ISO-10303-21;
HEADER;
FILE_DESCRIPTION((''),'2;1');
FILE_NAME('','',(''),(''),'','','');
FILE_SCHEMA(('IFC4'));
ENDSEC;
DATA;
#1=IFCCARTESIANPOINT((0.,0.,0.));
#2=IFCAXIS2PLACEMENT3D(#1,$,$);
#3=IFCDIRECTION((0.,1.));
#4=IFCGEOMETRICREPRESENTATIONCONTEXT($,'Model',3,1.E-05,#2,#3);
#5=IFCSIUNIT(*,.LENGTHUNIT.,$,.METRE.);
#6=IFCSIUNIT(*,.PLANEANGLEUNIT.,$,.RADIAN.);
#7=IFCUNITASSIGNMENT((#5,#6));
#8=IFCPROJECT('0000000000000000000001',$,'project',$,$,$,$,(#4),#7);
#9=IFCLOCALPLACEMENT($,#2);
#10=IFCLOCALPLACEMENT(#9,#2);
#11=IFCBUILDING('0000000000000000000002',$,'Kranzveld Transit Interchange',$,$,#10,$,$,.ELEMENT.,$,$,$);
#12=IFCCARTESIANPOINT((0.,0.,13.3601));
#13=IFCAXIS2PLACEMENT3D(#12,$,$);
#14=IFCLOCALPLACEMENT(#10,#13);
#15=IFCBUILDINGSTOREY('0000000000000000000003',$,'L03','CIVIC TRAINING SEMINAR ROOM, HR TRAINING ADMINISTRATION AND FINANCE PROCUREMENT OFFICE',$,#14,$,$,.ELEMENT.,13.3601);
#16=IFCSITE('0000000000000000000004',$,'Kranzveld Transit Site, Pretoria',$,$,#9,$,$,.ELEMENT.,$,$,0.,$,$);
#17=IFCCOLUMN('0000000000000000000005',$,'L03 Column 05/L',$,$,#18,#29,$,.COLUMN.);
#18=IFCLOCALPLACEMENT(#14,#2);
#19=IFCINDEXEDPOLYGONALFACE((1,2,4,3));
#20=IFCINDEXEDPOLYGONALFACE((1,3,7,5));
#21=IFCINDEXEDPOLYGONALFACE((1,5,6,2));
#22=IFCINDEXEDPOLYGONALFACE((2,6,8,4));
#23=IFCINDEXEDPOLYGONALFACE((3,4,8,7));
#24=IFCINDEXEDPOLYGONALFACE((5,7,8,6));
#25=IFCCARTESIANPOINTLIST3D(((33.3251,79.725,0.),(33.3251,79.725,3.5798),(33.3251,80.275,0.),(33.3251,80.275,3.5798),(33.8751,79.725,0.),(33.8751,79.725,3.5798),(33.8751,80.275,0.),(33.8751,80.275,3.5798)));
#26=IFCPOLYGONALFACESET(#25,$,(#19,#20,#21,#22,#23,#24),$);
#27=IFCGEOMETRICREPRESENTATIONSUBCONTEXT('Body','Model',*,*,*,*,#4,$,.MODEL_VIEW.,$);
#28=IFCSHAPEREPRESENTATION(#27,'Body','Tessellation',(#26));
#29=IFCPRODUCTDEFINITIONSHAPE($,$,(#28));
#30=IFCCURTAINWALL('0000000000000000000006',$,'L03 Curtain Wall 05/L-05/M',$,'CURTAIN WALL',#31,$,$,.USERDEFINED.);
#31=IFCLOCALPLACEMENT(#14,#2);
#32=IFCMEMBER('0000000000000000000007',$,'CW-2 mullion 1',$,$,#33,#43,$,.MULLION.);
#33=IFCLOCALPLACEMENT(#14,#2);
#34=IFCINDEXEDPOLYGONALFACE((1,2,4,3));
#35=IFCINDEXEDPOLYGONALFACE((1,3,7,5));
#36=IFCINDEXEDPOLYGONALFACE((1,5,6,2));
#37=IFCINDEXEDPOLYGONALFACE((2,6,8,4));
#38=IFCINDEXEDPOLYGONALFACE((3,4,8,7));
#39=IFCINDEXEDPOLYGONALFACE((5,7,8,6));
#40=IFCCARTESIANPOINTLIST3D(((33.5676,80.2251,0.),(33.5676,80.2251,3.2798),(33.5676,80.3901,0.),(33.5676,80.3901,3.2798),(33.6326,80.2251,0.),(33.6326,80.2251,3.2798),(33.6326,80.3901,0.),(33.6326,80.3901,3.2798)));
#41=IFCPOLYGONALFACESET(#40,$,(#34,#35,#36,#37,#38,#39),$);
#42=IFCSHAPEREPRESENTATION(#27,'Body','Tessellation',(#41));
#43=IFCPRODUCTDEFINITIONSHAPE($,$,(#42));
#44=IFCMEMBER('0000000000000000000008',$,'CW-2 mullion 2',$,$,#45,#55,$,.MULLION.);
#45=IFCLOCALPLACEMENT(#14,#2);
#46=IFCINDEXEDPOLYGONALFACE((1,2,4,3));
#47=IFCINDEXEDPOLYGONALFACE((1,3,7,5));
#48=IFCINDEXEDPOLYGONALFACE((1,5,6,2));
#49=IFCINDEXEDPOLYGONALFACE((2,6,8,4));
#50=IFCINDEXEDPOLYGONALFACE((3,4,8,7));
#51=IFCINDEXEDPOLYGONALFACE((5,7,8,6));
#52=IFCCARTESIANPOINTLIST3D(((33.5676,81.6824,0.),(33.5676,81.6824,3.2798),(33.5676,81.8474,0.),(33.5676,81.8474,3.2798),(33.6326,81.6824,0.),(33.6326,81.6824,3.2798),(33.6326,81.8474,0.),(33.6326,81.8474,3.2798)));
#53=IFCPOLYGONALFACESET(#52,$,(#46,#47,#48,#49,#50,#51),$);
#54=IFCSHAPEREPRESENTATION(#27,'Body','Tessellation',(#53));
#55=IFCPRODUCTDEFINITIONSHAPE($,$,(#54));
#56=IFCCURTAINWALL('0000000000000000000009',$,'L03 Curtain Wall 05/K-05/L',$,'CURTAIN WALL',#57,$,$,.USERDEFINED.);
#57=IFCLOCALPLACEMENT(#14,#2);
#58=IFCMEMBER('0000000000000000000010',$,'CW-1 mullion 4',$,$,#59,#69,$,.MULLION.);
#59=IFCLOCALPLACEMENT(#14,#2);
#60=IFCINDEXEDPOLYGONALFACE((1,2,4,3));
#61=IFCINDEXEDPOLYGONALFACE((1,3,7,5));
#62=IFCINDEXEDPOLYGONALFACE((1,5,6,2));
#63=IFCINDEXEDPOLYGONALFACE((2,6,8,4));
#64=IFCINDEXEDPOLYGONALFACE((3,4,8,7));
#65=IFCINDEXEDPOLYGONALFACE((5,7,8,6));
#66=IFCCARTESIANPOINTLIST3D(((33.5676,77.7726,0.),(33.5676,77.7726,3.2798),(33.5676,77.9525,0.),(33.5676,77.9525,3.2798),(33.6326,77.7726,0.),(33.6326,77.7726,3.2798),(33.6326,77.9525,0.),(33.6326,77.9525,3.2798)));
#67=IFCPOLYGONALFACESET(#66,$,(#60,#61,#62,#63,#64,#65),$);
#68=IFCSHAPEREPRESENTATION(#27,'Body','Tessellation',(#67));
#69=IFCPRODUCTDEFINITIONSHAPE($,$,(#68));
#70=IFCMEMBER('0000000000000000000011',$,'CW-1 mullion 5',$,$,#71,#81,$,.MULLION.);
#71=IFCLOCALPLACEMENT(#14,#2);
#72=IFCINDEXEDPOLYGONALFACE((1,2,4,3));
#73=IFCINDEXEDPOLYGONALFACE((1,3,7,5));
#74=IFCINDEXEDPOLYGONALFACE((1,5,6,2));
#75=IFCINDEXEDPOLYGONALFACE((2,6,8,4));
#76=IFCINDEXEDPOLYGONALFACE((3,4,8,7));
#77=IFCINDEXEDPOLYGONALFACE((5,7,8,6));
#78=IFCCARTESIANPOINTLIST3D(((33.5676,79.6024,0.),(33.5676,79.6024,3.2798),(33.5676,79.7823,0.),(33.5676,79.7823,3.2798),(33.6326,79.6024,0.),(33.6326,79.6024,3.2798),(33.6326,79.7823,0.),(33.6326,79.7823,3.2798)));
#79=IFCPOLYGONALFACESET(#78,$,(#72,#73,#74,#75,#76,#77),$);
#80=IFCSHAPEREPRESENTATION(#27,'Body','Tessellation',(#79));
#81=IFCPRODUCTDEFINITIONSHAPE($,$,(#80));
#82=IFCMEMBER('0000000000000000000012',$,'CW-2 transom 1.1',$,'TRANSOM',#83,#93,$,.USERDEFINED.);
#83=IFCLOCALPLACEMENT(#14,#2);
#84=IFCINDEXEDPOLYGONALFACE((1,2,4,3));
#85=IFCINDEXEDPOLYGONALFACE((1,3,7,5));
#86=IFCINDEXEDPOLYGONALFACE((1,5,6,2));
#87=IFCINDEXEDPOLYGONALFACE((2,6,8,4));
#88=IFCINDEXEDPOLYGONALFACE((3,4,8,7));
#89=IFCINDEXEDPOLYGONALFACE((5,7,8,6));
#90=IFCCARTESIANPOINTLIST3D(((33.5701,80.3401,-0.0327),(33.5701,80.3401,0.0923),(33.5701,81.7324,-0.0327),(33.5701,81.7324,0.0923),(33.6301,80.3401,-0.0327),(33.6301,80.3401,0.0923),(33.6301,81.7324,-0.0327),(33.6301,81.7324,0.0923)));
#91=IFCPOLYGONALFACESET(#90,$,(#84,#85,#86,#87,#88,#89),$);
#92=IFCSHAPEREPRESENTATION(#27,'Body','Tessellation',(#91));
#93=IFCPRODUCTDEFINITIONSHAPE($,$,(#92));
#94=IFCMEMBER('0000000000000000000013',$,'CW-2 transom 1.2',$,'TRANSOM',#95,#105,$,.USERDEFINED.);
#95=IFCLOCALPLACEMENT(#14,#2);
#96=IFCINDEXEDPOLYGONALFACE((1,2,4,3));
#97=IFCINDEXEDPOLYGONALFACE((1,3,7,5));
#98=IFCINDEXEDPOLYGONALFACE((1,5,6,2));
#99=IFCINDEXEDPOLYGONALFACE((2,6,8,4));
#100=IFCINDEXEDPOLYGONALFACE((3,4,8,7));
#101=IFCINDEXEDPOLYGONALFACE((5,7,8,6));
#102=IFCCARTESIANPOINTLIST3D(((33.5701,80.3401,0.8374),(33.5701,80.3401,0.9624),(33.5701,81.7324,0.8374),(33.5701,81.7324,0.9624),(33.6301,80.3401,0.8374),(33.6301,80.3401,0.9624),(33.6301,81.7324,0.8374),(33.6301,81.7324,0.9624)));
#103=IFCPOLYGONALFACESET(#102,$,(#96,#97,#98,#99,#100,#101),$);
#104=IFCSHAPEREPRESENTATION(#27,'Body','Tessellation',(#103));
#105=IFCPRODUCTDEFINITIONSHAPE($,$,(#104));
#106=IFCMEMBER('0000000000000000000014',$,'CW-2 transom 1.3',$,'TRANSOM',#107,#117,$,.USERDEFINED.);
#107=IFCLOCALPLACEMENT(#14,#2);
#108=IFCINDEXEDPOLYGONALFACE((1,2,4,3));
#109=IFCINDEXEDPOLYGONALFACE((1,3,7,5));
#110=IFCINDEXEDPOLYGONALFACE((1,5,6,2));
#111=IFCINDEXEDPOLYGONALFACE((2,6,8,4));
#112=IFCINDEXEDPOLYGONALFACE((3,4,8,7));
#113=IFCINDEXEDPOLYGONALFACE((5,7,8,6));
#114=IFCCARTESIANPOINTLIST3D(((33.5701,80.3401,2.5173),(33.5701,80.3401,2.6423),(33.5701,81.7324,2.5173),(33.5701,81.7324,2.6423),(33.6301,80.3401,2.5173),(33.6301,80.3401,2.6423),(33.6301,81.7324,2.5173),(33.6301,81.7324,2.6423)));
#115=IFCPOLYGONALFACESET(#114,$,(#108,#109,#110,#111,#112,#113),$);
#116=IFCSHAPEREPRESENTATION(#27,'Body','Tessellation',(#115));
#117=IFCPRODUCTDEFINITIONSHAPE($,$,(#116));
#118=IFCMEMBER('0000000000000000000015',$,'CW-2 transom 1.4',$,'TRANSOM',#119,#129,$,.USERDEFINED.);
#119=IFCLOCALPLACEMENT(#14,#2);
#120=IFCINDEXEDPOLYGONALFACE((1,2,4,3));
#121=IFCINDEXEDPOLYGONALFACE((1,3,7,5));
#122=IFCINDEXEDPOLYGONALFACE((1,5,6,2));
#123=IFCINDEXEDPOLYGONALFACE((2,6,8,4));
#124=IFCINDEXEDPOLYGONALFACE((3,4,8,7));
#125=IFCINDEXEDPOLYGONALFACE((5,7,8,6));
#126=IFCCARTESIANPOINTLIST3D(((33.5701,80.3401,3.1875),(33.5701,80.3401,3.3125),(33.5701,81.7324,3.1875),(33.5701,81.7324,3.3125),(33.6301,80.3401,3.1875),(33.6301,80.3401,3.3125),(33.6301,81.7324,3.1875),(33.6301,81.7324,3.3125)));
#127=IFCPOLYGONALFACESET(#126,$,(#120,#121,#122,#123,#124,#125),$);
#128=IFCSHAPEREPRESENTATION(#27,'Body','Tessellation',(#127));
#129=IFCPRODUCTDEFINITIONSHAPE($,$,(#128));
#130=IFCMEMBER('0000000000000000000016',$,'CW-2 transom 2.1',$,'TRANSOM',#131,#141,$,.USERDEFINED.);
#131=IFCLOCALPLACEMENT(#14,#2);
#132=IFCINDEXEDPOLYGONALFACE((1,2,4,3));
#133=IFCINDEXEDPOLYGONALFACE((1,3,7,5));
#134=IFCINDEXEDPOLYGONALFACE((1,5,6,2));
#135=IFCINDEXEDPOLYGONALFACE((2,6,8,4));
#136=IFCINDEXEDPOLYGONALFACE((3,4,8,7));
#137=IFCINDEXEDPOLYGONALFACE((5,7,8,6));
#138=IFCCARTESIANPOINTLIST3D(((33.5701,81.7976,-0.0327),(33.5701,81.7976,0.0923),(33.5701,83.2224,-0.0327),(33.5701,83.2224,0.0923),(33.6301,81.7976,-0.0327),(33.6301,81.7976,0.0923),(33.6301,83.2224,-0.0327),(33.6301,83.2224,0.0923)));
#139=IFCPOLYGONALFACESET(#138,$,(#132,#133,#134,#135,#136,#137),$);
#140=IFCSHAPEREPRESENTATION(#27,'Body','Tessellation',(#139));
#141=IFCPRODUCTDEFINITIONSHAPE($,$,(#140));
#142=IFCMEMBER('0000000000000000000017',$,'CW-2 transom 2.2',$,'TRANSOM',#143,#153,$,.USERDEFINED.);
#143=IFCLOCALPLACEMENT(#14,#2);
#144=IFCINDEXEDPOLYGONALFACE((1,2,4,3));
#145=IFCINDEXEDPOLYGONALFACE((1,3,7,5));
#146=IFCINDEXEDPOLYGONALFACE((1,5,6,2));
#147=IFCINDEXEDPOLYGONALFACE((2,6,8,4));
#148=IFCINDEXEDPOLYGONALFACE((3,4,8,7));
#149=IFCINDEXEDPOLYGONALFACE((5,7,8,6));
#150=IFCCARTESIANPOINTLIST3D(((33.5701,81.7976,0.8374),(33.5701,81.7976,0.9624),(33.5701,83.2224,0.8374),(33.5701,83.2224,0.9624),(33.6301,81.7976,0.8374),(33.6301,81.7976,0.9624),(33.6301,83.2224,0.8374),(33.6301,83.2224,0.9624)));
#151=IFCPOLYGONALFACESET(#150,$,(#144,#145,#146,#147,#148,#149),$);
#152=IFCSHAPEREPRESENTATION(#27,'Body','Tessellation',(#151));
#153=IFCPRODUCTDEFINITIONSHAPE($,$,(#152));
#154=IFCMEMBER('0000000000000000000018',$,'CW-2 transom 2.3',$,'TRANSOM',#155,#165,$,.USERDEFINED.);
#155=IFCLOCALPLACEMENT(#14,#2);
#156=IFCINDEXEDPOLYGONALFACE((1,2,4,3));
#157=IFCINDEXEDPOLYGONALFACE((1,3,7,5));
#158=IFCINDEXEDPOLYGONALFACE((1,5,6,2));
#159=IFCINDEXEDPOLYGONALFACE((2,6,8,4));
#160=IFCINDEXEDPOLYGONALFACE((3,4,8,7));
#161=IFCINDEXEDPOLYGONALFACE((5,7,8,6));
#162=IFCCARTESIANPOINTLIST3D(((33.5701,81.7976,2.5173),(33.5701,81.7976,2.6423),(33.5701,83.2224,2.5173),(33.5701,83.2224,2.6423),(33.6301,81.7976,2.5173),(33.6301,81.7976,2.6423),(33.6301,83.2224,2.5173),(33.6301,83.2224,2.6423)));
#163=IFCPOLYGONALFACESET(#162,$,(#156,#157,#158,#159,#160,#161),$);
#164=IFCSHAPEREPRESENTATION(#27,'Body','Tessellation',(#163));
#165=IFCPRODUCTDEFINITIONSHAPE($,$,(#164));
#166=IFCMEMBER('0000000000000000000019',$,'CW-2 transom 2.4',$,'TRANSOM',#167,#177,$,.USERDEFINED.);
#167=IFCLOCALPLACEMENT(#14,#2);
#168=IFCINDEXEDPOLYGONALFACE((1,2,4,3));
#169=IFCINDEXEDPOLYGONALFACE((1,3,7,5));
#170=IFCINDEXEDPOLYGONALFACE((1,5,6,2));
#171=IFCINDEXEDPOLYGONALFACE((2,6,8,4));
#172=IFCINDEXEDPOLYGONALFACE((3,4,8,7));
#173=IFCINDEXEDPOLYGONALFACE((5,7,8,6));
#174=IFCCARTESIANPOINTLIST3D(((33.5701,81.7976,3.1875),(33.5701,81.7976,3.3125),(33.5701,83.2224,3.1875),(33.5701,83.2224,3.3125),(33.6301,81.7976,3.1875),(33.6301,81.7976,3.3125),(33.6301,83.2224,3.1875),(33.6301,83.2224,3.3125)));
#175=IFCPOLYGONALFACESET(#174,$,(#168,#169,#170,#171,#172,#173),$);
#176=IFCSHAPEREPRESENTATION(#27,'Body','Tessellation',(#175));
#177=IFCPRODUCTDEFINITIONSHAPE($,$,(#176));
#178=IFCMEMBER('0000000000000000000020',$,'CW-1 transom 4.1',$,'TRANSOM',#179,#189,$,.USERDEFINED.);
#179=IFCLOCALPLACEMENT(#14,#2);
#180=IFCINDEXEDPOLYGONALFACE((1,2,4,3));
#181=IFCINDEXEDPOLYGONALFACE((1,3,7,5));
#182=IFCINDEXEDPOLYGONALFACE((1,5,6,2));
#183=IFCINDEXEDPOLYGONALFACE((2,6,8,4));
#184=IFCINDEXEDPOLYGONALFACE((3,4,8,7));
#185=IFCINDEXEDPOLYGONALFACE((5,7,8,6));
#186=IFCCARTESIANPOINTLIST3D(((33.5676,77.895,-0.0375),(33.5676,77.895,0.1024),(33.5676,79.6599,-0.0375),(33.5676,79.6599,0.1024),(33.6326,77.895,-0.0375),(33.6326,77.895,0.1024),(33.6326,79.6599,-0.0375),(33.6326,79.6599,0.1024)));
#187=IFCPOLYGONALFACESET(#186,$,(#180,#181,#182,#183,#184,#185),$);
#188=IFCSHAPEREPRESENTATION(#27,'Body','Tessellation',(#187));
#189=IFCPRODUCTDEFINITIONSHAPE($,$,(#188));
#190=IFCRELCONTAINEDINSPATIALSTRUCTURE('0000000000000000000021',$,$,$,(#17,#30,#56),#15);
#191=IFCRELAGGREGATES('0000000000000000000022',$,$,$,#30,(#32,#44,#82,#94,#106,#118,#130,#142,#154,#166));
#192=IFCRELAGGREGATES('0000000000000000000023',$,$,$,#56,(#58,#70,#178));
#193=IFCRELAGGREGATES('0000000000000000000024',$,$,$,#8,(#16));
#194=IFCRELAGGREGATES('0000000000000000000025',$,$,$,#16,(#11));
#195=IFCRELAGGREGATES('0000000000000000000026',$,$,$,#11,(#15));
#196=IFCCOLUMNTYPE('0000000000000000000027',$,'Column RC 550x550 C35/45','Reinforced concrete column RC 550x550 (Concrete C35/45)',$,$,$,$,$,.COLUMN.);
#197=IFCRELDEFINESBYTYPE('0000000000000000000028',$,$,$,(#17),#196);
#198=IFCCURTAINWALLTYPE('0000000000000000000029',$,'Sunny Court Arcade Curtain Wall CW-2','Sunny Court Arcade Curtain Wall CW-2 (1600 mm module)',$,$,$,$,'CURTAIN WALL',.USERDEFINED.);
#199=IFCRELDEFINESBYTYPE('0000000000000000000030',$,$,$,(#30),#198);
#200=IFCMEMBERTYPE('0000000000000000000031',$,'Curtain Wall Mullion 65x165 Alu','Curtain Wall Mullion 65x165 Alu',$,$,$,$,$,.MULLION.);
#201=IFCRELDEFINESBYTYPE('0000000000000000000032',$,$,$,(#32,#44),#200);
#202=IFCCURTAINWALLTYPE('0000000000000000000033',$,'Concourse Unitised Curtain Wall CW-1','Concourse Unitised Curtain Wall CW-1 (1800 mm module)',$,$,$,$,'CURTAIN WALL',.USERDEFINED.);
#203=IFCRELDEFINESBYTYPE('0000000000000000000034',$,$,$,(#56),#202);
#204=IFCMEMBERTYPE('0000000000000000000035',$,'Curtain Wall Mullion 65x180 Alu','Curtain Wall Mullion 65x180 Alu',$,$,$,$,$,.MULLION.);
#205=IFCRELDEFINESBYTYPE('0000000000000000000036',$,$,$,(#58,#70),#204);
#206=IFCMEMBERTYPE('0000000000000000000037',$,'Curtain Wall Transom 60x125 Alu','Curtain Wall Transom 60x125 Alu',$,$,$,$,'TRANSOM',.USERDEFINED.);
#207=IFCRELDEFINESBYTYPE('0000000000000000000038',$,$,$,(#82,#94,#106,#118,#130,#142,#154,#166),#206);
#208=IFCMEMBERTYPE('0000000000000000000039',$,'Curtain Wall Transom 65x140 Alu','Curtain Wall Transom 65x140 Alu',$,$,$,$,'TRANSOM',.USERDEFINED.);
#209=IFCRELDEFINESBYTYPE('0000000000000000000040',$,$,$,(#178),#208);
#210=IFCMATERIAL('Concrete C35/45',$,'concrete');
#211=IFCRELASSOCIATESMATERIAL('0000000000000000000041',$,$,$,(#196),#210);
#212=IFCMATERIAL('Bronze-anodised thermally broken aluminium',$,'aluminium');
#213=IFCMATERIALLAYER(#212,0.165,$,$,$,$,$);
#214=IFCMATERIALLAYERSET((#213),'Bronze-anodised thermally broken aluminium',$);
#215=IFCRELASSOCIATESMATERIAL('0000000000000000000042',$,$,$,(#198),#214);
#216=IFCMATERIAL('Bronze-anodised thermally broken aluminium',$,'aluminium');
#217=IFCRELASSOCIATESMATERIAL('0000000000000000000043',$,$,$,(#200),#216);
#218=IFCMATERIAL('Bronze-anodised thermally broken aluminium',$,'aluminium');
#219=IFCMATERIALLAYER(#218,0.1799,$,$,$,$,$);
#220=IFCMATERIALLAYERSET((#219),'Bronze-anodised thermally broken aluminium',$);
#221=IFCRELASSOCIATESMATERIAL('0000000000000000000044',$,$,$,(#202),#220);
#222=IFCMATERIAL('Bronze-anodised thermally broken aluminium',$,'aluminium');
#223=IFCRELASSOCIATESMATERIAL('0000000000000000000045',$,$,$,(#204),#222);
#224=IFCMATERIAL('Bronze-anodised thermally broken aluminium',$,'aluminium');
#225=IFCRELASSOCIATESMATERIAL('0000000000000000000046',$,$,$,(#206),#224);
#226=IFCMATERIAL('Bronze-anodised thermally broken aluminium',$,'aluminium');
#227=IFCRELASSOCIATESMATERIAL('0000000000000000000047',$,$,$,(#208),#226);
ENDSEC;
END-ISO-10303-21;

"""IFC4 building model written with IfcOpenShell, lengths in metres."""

from ifc_helpers import new_model, si_unit, direction, frame, origin, origin_2d, place, context, subcontext, project, spatial, rectangle, extrude, material, layer, layer_set, material_profile, profile_set, type_object, element, aggregate, save


model = new_model("IFC4")

# Units and contexts
model_context = context("Model", 3, precision=1e-05, world=origin(), true_north=direction((0.0, 1.0)))
body_context = subcontext(model_context, "Body", "Model", "MODEL_VIEW")
ifc_project = project(units=[si_unit("LENGTHUNIT", "METRE"), si_unit("PLANEANGLEUNIT", "RADIAN")], contexts=[model_context])

# Site, building, storey
site_placement = place(None, origin())
site = spatial("IfcSite", under=ifc_project, at=site_placement, Name="Kranzveld Transit Site, Pretoria", CompositionType="ELEMENT", RefElevation=0.0)
building_placement = place(site_placement, origin())
building = spatial("IfcBuilding", under=site, at=building_placement, Name="Kranzveld Transit Interchange", CompositionType="ELEMENT")
storey_placement = place(building_placement, frame((0.0, 0.0, 13.3601)))
storey = spatial("IfcBuildingStorey", under=building, at=storey_placement, Name="L03", Description="CIVIC TRAINING SEMINAR ROOM, HR TRAINING ADMINISTRATION AND FINANCE PROCUREMENT OFFICE", CompositionType="ELEMENT", Elevation=13.3601)

# Column
ifc_material_1 = material(Name="Concrete C35/45", Category="concrete")
ifc_material_profile_1 = material_profile(ifc_material_1, rectangle(XDim=0.55, YDim=0.55, at=origin_2d()), Name="RC 550x550")
ifc_profile_set_1 = profile_set([ifc_material_profile_1], Name="Concrete C35/45")
column_type = type_object("IfcColumnType", Name="Column RC 550x550 C35/45", Description="Reinforced concrete column RC 550x550 (Concrete C35/45)", PredefinedType="COLUMN", material=ifc_profile_set_1)
column_placement = place(storey_placement, frame((33.6001, 80.0, 0.0), z_axis=(0.0, 0.0, 1.0), x_axis=(1.0, 0.0, 0.0)))
element("IfcColumn", 1, at=column_placement, inside=storey, type_object=column_type, Name="L03 Column 05/L", PredefinedType="COLUMN", context=body_context, shape_type="SweptSolid", body=[
    extrude(rectangle(XDim=0.55, YDim=0.55, at=origin_2d()), origin(), (0.0, 0.0, 1.0), 3.5798),
])

# Curtain walls, members
ifc_material_2 = material(Name="Bronze-anodised thermally broken aluminium", Category="aluminium")
ifc_layer_1 = layer(ifc_material_2, 0.165)
ifc_layer_set_1 = layer_set([ifc_layer_1], Name="Bronze-anodised thermally broken aluminium")
curtain_wall_type_1 = type_object("IfcCurtainWallType", Name="Sunny Court Arcade Curtain Wall CW-2", Description="Sunny Court Arcade Curtain Wall CW-2 (1600 mm module)", ElementType="CURTAIN WALL", PredefinedType="USERDEFINED", material=ifc_layer_set_1)
curtain_wall_1_placement = place(storey_placement, origin())
curtain_wall_1 = element("IfcCurtainWall", 2, at=curtain_wall_1_placement, inside=storey, type_object=curtain_wall_type_1, Name="L03 Curtain Wall 05/L-05/M", ObjectType="CURTAIN WALL", PredefinedType="USERDEFINED")
ifc_material_3 = material(Name="Bronze-anodised thermally broken aluminium", Category="aluminium")
ifc_material_profile_2 = material_profile(ifc_material_3, rectangle(XDim=0.0649, YDim=0.165, at=origin_2d()), Name="ALU MULLION 65x165")
ifc_profile_set_2 = profile_set([ifc_material_profile_2], Name="Bronze-anodised thermally broken aluminium")
member_type_1 = type_object("IfcMemberType", Name="Curtain Wall Mullion 65x165 Alu", Description="Curtain Wall Mullion 65x165 Alu", PredefinedType="MULLION", material=ifc_profile_set_2)
member_1_placement = place(storey_placement, frame((33.6001, 80.3076, 0.0), z_axis=(0.0, 0.0, 1.0), x_axis=(-1.0, 0.0, 0.0)))
member_1 = element("IfcMember", 3, at=member_1_placement, type_object=member_type_1, Name="CW-2 mullion 1", PredefinedType="MULLION", context=body_context, shape_type="SweptSolid", body=[
    extrude(rectangle(XDim=0.0649, YDim=0.165, at=origin_2d()), origin(), (0.0, 0.0, 1.0), 3.2798),
])
member_2_placement = place(storey_placement, frame((33.6001, 81.7649, 0.0), z_axis=(0.0, 0.0, 1.0), x_axis=(-1.0, 0.0, 0.0)))
member_2 = element("IfcMember", 4, at=member_2_placement, type_object=member_type_1, Name="CW-2 mullion 2", PredefinedType="MULLION", context=body_context, shape_type="SweptSolid", body=[
    extrude(rectangle(XDim=0.0649, YDim=0.165, at=origin_2d()), origin(), (0.0, 0.0, 1.0), 3.2798),
])
ifc_material_4 = material(Name="Bronze-anodised thermally broken aluminium", Category="aluminium")
ifc_layer_2 = layer(ifc_material_4, 0.1799)
ifc_layer_set_2 = layer_set([ifc_layer_2], Name="Bronze-anodised thermally broken aluminium")
curtain_wall_type_2 = type_object("IfcCurtainWallType", Name="Concourse Unitised Curtain Wall CW-1", Description="Concourse Unitised Curtain Wall CW-1 (1800 mm module)", ElementType="CURTAIN WALL", PredefinedType="USERDEFINED", material=ifc_layer_set_2)
curtain_wall_2_placement = place(storey_placement, origin())
curtain_wall_2 = element("IfcCurtainWall", 5, at=curtain_wall_2_placement, inside=storey, type_object=curtain_wall_type_2, Name="L03 Curtain Wall 05/K-05/L", ObjectType="CURTAIN WALL", PredefinedType="USERDEFINED")
ifc_material_5 = material(Name="Bronze-anodised thermally broken aluminium", Category="aluminium")
ifc_material_profile_3 = material_profile(ifc_material_5, rectangle(XDim=0.0649, YDim=0.1799, at=origin_2d()), Name="ALU MULLION 65x180")
ifc_profile_set_3 = profile_set([ifc_material_profile_3], Name="Bronze-anodised thermally broken aluminium")
member_type_2 = type_object("IfcMemberType", Name="Curtain Wall Mullion 65x180 Alu", Description="Curtain Wall Mullion 65x180 Alu", PredefinedType="MULLION", material=ifc_profile_set_3)
member_3_placement = place(storey_placement, frame((33.6001, 77.8625, 0.0), z_axis=(0.0, 0.0, 1.0), x_axis=(-1.0, 0.0, 0.0)))
member_3 = element("IfcMember", 6, at=member_3_placement, type_object=member_type_2, Name="CW-1 mullion 4", PredefinedType="MULLION", context=body_context, shape_type="SweptSolid", body=[
    extrude(rectangle(XDim=0.0649, YDim=0.1799, at=origin_2d()), origin(), (0.0, 0.0, 1.0), 3.2798),
])
member_4_placement = place(storey_placement, frame((33.6001, 79.6924, 0.0), z_axis=(0.0, 0.0, 1.0), x_axis=(-1.0, 0.0, 0.0)))
member_4 = element("IfcMember", 7, at=member_4_placement, type_object=member_type_2, Name="CW-1 mullion 5", PredefinedType="MULLION", context=body_context, shape_type="SweptSolid", body=[
    extrude(rectangle(XDim=0.0649, YDim=0.1799, at=origin_2d()), origin(), (0.0, 0.0, 1.0), 3.2798),
])

# Members
ifc_material_6 = material(Name="Bronze-anodised thermally broken aluminium", Category="aluminium")
ifc_material_profile_4 = material_profile(ifc_material_6, rectangle(XDim=0.0601, YDim=0.125, at=origin_2d()), Name="ALU TRANSOM 60x125")
ifc_profile_set_4 = profile_set([ifc_material_profile_4], Name="Bronze-anodised thermally broken aluminium")
member_type_3 = type_object("IfcMemberType", Name="Curtain Wall Transom 60x125 Alu", Description="Curtain Wall Transom 60x125 Alu", ElementType="TRANSOM", PredefinedType="USERDEFINED", material=ifc_profile_set_4)
member_5_placement = place(storey_placement, frame((33.6001, 80.3401, 0.0298), z_axis=(0.0, 1.0, 0.0), x_axis=(-1.0, 0.0, 0.0)))
member_5 = element("IfcMember", 8, at=member_5_placement, type_object=member_type_3, Name="CW-2 transom 1.1", ObjectType="TRANSOM", PredefinedType="USERDEFINED", context=body_context, shape_type="SweptSolid", body=[
    extrude(rectangle(XDim=0.0601, YDim=0.125, at=origin_2d()), origin(), (0.0, 0.0, 1.0), 1.3923),
])
member_6_placement = place(storey_placement, frame((33.6001, 80.3401, 0.8999), z_axis=(0.0, 1.0, 0.0), x_axis=(-1.0, 0.0, 0.0)))
member_6 = element("IfcMember", 9, at=member_6_placement, type_object=member_type_3, Name="CW-2 transom 1.2", ObjectType="TRANSOM", PredefinedType="USERDEFINED", context=body_context, shape_type="SweptSolid", body=[
    extrude(rectangle(XDim=0.0601, YDim=0.125, at=origin_2d()), origin(), (0.0, 0.0, 1.0), 1.3923),
])
member_7_placement = place(storey_placement, frame((33.6001, 80.3401, 2.5798), z_axis=(0.0, 1.0, 0.0), x_axis=(-1.0, 0.0, 0.0)))
member_7 = element("IfcMember", 10, at=member_7_placement, type_object=member_type_3, Name="CW-2 transom 1.3", ObjectType="TRANSOM", PredefinedType="USERDEFINED", context=body_context, shape_type="SweptSolid", body=[
    extrude(rectangle(XDim=0.0601, YDim=0.125, at=origin_2d()), origin(), (0.0, 0.0, 1.0), 1.3923),
])
member_8_placement = place(storey_placement, frame((33.6001, 80.3401, 3.25), z_axis=(0.0, 1.0, 0.0), x_axis=(-1.0, 0.0, 0.0)))
member_8 = element("IfcMember", 11, at=member_8_placement, type_object=member_type_3, Name="CW-2 transom 1.4", ObjectType="TRANSOM", PredefinedType="USERDEFINED", context=body_context, shape_type="SweptSolid", body=[
    extrude(rectangle(XDim=0.0601, YDim=0.125, at=origin_2d()), origin(), (0.0, 0.0, 1.0), 1.3923),
])
member_9_placement = place(storey_placement, frame((33.6001, 81.7976, 0.0298), z_axis=(0.0, 1.0, 0.0), x_axis=(-1.0, 0.0, 0.0)))
member_9 = element("IfcMember", 12, at=member_9_placement, type_object=member_type_3, Name="CW-2 transom 2.1", ObjectType="TRANSOM", PredefinedType="USERDEFINED", context=body_context, shape_type="SweptSolid", body=[
    extrude(rectangle(XDim=0.0601, YDim=0.125, at=origin_2d()), origin(), (0.0, 0.0, 1.0), 1.4248),
])
member_10_placement = place(storey_placement, frame((33.6001, 81.7976, 0.8999), z_axis=(0.0, 1.0, 0.0), x_axis=(-1.0, 0.0, 0.0)))
member_10 = element("IfcMember", 13, at=member_10_placement, type_object=member_type_3, Name="CW-2 transom 2.2", ObjectType="TRANSOM", PredefinedType="USERDEFINED", context=body_context, shape_type="SweptSolid", body=[
    extrude(rectangle(XDim=0.0601, YDim=0.125, at=origin_2d()), origin(), (0.0, 0.0, 1.0), 1.4248),
])
member_11_placement = place(storey_placement, frame((33.6001, 81.7976, 2.5798), z_axis=(0.0, 1.0, 0.0), x_axis=(-1.0, 0.0, 0.0)))
member_11 = element("IfcMember", 14, at=member_11_placement, type_object=member_type_3, Name="CW-2 transom 2.3", ObjectType="TRANSOM", PredefinedType="USERDEFINED", context=body_context, shape_type="SweptSolid", body=[
    extrude(rectangle(XDim=0.0601, YDim=0.125, at=origin_2d()), origin(), (0.0, 0.0, 1.0), 1.4248),
])
member_12_placement = place(storey_placement, frame((33.6001, 81.7976, 3.25), z_axis=(0.0, 1.0, 0.0), x_axis=(-1.0, 0.0, 0.0)))
member_12 = element("IfcMember", 15, at=member_12_placement, type_object=member_type_3, Name="CW-2 transom 2.4", ObjectType="TRANSOM", PredefinedType="USERDEFINED", context=body_context, shape_type="SweptSolid", body=[
    extrude(rectangle(XDim=0.0601, YDim=0.125, at=origin_2d()), origin(), (0.0, 0.0, 1.0), 1.4248),
])
ifc_material_7 = material(Name="Bronze-anodised thermally broken aluminium", Category="aluminium")
ifc_material_profile_5 = material_profile(ifc_material_7, rectangle(XDim=0.0649, YDim=0.1399, at=origin_2d()), Name="ALU TRANSOM 65x140")
ifc_profile_set_5 = profile_set([ifc_material_profile_5], Name="Bronze-anodised thermally broken aluminium")
member_type_4 = type_object("IfcMemberType", Name="Curtain Wall Transom 65x140 Alu", Description="Curtain Wall Transom 65x140 Alu", ElementType="TRANSOM", PredefinedType="USERDEFINED", material=ifc_profile_set_5)
member_13_placement = place(storey_placement, frame((33.6001, 77.895, 0.0325), z_axis=(0.0, 1.0, 0.0), x_axis=(-1.0, 0.0, 0.0)))
member_13 = element("IfcMember", 16, at=member_13_placement, type_object=member_type_4, Name="CW-1 transom 4.1", ObjectType="TRANSOM", PredefinedType="USERDEFINED", context=body_context, shape_type="SweptSolid", body=[
    extrude(rectangle(XDim=0.0649, YDim=0.1399, at=origin_2d()), origin(), (0.0, 0.0, 1.0), 1.7649),
])

aggregate(curtain_wall_1, [member_1, member_2, member_5, member_6, member_7, member_8, member_9, member_10, member_11, member_12])
aggregate(curtain_wall_2, [member_3, member_4, member_13])

save(model, "model.ifc")
